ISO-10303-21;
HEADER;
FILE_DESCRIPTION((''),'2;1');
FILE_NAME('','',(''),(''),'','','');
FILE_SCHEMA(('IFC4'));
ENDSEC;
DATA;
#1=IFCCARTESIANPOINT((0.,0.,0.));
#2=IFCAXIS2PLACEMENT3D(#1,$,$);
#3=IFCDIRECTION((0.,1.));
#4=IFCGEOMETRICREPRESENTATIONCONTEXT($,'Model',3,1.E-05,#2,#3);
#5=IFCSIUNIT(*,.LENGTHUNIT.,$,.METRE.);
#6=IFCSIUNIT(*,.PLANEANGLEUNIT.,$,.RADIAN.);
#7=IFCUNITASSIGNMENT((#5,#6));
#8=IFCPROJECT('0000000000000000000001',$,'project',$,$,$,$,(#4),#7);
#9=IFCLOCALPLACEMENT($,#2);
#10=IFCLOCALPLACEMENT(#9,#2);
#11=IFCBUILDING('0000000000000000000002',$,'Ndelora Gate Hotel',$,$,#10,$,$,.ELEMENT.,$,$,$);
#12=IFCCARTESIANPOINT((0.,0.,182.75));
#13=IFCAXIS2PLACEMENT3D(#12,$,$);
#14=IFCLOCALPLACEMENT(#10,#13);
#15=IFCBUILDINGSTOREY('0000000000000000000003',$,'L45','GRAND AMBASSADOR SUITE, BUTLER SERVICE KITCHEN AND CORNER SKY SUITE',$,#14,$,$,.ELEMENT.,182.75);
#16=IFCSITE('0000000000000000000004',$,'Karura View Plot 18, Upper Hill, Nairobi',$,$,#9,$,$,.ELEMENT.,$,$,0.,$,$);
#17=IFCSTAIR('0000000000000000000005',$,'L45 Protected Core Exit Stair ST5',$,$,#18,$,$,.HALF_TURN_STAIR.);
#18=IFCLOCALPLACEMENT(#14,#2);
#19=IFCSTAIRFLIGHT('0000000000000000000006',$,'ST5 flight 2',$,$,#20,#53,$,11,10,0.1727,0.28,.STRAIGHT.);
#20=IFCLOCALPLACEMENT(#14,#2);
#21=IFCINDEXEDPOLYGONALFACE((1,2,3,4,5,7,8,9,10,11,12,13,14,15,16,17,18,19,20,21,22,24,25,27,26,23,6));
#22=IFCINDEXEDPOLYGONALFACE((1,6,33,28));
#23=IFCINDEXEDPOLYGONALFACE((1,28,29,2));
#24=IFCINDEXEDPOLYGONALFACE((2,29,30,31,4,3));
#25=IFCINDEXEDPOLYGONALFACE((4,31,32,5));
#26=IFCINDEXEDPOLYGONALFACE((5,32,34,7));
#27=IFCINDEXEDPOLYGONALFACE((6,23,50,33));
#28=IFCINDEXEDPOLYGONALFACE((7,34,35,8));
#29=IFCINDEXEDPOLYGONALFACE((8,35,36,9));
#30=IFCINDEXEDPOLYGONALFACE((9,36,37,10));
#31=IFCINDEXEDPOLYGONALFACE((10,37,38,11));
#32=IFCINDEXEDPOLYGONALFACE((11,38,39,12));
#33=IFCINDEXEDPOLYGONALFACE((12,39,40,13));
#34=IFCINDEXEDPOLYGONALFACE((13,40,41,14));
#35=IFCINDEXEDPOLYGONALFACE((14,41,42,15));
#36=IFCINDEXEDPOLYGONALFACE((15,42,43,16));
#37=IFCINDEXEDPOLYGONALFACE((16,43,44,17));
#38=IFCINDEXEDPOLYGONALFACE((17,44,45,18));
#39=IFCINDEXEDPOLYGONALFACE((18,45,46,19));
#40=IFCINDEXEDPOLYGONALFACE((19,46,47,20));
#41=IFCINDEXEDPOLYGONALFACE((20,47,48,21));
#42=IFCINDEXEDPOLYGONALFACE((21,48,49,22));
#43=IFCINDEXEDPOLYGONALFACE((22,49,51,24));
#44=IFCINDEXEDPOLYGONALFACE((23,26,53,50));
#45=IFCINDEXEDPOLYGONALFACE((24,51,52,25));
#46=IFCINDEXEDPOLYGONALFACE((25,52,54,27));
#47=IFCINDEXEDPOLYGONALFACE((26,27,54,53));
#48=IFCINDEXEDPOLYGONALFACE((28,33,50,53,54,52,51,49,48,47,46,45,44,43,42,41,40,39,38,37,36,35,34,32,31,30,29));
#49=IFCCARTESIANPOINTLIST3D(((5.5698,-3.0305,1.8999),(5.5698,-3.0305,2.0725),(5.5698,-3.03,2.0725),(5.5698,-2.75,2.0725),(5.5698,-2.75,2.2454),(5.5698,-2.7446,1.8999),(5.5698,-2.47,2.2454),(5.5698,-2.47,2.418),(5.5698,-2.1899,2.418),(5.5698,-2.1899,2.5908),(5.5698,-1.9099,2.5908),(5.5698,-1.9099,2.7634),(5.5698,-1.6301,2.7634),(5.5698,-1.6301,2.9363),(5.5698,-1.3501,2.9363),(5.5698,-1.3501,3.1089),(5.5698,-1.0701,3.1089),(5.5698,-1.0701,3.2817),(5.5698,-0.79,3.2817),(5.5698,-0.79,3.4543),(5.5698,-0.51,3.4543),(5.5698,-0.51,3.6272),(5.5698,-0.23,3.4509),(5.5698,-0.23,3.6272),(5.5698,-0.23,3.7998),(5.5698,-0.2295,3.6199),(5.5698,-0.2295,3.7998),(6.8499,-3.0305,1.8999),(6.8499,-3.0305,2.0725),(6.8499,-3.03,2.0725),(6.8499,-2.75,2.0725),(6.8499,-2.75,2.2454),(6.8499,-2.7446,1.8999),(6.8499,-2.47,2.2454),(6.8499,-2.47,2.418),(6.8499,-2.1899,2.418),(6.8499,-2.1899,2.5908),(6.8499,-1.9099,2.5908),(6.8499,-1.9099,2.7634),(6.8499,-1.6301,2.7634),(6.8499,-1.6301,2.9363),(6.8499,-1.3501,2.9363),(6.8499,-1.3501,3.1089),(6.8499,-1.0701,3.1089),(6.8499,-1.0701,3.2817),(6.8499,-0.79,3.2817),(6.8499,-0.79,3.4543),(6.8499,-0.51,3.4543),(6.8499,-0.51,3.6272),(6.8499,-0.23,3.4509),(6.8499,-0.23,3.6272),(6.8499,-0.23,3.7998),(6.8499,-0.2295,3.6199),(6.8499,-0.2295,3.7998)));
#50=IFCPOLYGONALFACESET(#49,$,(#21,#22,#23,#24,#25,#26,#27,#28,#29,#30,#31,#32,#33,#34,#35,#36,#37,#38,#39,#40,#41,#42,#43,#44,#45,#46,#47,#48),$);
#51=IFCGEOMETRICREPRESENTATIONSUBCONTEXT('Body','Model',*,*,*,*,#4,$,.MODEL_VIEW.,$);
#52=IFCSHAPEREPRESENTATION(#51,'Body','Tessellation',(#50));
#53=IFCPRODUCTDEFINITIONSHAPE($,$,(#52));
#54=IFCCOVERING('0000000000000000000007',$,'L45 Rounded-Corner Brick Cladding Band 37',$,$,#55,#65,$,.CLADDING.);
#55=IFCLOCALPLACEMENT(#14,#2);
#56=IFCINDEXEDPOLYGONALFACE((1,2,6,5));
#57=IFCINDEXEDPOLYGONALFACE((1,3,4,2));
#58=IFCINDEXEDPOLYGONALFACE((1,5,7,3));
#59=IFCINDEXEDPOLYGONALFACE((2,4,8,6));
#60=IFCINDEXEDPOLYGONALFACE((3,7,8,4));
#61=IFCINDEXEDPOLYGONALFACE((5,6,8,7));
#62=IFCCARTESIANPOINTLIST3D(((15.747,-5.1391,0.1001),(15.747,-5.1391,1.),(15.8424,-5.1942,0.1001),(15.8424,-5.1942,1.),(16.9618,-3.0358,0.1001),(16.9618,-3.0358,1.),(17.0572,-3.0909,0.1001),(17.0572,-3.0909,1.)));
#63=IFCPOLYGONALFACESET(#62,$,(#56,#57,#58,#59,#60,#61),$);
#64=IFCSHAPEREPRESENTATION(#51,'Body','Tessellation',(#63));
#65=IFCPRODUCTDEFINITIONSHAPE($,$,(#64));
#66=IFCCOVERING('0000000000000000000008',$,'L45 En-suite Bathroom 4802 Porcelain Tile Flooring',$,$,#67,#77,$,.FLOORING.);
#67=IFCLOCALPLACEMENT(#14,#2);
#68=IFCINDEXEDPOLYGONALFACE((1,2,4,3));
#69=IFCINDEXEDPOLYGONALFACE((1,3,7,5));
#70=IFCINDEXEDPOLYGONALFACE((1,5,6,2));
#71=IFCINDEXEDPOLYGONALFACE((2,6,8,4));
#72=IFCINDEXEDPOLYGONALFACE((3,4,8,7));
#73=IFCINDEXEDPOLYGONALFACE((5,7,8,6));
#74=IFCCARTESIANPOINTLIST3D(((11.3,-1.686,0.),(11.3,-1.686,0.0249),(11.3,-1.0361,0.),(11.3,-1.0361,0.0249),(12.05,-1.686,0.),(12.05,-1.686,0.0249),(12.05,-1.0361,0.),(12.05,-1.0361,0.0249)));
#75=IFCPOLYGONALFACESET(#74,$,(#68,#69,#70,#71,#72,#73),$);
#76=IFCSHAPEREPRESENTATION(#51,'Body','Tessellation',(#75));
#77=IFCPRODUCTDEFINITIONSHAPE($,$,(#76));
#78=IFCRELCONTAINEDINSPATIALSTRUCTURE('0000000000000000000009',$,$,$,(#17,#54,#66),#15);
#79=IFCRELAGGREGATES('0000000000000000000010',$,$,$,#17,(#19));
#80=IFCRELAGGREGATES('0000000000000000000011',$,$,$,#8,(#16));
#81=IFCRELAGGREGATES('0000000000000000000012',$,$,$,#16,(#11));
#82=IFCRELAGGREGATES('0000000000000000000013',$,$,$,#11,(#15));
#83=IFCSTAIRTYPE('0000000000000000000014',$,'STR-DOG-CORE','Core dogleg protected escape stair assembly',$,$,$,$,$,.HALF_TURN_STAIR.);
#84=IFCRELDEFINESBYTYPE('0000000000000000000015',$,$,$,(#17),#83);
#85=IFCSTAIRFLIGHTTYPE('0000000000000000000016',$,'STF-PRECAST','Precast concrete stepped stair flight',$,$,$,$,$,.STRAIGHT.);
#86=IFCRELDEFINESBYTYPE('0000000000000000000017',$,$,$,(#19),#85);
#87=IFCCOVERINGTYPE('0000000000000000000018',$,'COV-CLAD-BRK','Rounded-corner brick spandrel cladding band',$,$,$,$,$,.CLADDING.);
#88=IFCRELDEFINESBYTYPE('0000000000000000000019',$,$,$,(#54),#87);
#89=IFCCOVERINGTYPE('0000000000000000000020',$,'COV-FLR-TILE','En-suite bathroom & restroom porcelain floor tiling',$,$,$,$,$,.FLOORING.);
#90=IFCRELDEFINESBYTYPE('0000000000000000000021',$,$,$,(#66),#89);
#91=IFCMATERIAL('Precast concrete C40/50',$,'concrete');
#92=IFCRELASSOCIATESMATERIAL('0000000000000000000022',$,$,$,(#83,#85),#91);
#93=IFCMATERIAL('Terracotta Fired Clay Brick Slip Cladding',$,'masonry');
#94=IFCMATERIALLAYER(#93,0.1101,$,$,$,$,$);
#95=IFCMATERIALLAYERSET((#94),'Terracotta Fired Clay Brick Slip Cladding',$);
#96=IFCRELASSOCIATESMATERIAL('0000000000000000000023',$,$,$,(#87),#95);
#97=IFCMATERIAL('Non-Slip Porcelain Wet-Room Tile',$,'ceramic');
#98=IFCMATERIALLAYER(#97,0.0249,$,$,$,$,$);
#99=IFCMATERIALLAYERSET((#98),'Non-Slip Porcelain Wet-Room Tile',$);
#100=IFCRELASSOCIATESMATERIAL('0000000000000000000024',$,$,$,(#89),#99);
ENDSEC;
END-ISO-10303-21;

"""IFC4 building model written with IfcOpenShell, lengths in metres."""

from ifc_helpers import new_model, si_unit, direction, frame, origin, origin_2d, place, context, subcontext, project, spatial, polyline, rectangle, outline, extrude, material, layer, layer_set, type_object, element, aggregate, save


model = new_model("IFC4")

# Units and contexts
model_context = context("Model", 3, precision=1e-05, world=origin(), true_north=direction((0.0, 1.0)))
body_context = subcontext(model_context, "Body", "Model", "MODEL_VIEW")
ifc_project = project(units=[si_unit("LENGTHUNIT", "METRE"), si_unit("PLANEANGLEUNIT", "RADIAN")], contexts=[model_context])

# Site, building, storey
site_placement = place(None, origin())
site = spatial("IfcSite", under=ifc_project, at=site_placement, Name="Karura View Plot 18, Upper Hill, Nairobi", CompositionType="ELEMENT", RefElevation=0.0)
building_placement = place(site_placement, origin())
building = spatial("IfcBuilding", under=site, at=building_placement, Name="Ndelora Gate Hotel", CompositionType="ELEMENT")
storey_placement = place(building_placement, frame((0.0, 0.0, 182.75)))
storey = spatial("IfcBuildingStorey", under=building, at=storey_placement, Name="L45", Description="GRAND AMBASSADOR SUITE, BUTLER SERVICE KITCHEN AND CORNER SKY SUITE", CompositionType="ELEMENT", Elevation=182.75)

# Stair, stair flight
ifc_material_1 = material(Name="Precast concrete C40/50", Category="concrete")
stair_type = type_object("IfcStairType", Name="STR-DOG-CORE", Description="Core dogleg protected escape stair assembly", PredefinedType="HALF_TURN_STAIR", material=ifc_material_1)
stair_placement = place(storey_placement, origin())
stair = element("IfcStair", 1, at=stair_placement, inside=storey, type_object=stair_type, Name="L45 Protected Core Exit Stair ST5", PredefinedType="HALF_TURN_STAIR")
stair_flight_type = type_object("IfcStairFlightType", Name="STF-PRECAST", Description="Precast concrete stepped stair flight", PredefinedType="STRAIGHT", material=ifc_material_1)
stair_flight_placement = place(storey_placement, frame((6.21, -3.03, 1.8999), z_axis=(0.0, 0.0, 1.0), x_axis=(0.0, 1.0, 0.0)))
stair_flight = element("IfcStairFlight", 2, at=stair_flight_placement, type_object=stair_flight_type, Name="ST5 flight 2", NumberOfRisers=11, NumberOfTreads=10, PredefinedType="STRAIGHT", RiserHeight=0.1727, TreadLength=0.28, context=body_context, shape_type="SweptSolid", body=[
    extrude(outline(polyline([(-0.0005, 0.0), (-0.0005, 0.1726), (0.0, 0.1726), (0.28, 0.1726), (0.28, 0.3455), (0.5601, 0.3455), (0.5601, 0.5181), (0.8401, 0.5181), (0.8401, 0.6909), (1.1201, 0.6909), (1.1201, 0.8635), (1.3999, 0.8635), (1.3999, 1.0364), (1.6799, 1.0364), (1.6799, 1.209), (1.96, 1.209), (1.96, 1.3818), (2.24, 1.3818), (2.24, 1.5544), (2.52, 1.5544), (2.52, 1.7273), (2.8, 1.7273), (2.8, 1.8999), (2.8005, 1.8999), (2.8005, 1.72), (2.8, 1.551), (0.2854, 0.0), (-0.0005, 0.0)])), frame((0.0, 0.6401, 0.0), z_axis=(0.0, -1.0, 0.0), x_axis=(1.0, 0.0, 0.0)), (0.0, 0.0, 1.0), 1.28),
])
aggregate(stair, [stair_flight])

# Coverings
ifc_material_2 = material(Name="Terracotta Fired Clay Brick Slip Cladding", Category="masonry")
ifc_layer_1 = layer(ifc_material_2, 0.1101)
ifc_layer_set_1 = layer_set([ifc_layer_1], Name="Terracotta Fired Clay Brick Slip Cladding")
covering_type_1 = type_object("IfcCoveringType", Name="COV-CLAD-BRK", Description="Rounded-corner brick spandrel cladding band", PredefinedType="CLADDING", material=ifc_layer_set_1)
covering_1_placement = place(storey_placement, frame((16.4021, -4.115, 0.1001), z_axis=(0.0, 0.0, 1.0), x_axis=(0.500151, 0.865938, 0.0)))
element("IfcCovering", 3, at=covering_1_placement, inside=storey, type_object=covering_type_1, Name="L45 Rounded-Corner Brick Cladding Band 37", PredefinedType="CLADDING", context=body_context, shape_type="SweptSolid", body=[
    extrude(rectangle(XDim=2.429, YDim=0.1101, at=origin_2d()), origin(), (0.0, 0.0, 1.0), 0.8999),
])
ifc_material_3 = material(Name="Non-Slip Porcelain Wet-Room Tile", Category="ceramic")
ifc_layer_2 = layer(ifc_material_3, 0.0249)
ifc_layer_set_2 = layer_set([ifc_layer_2], Name="Non-Slip Porcelain Wet-Room Tile")
covering_type_2 = type_object("IfcCoveringType", Name="COV-FLR-TILE", Description="En-suite bathroom & restroom porcelain floor tiling", PredefinedType="FLOORING", material=ifc_layer_set_2)
covering_2_placement = place(storey_placement, frame((11.675, -1.3611, 0.0), z_axis=(0.0, 0.0, 1.0), x_axis=(1.0, 0.0, 0.0)))
element("IfcCovering", 4, at=covering_2_placement, inside=storey, type_object=covering_type_2, Name="L45 En-suite Bathroom 4802 Porcelain Tile Flooring", PredefinedType="FLOORING", context=body_context, shape_type="SweptSolid", body=[
    extrude(rectangle(XDim=0.75, YDim=0.6499, at=origin_2d()), origin(), (0.0, 0.0, 1.0), 0.0249),
])

save(model, "model.ifc")
